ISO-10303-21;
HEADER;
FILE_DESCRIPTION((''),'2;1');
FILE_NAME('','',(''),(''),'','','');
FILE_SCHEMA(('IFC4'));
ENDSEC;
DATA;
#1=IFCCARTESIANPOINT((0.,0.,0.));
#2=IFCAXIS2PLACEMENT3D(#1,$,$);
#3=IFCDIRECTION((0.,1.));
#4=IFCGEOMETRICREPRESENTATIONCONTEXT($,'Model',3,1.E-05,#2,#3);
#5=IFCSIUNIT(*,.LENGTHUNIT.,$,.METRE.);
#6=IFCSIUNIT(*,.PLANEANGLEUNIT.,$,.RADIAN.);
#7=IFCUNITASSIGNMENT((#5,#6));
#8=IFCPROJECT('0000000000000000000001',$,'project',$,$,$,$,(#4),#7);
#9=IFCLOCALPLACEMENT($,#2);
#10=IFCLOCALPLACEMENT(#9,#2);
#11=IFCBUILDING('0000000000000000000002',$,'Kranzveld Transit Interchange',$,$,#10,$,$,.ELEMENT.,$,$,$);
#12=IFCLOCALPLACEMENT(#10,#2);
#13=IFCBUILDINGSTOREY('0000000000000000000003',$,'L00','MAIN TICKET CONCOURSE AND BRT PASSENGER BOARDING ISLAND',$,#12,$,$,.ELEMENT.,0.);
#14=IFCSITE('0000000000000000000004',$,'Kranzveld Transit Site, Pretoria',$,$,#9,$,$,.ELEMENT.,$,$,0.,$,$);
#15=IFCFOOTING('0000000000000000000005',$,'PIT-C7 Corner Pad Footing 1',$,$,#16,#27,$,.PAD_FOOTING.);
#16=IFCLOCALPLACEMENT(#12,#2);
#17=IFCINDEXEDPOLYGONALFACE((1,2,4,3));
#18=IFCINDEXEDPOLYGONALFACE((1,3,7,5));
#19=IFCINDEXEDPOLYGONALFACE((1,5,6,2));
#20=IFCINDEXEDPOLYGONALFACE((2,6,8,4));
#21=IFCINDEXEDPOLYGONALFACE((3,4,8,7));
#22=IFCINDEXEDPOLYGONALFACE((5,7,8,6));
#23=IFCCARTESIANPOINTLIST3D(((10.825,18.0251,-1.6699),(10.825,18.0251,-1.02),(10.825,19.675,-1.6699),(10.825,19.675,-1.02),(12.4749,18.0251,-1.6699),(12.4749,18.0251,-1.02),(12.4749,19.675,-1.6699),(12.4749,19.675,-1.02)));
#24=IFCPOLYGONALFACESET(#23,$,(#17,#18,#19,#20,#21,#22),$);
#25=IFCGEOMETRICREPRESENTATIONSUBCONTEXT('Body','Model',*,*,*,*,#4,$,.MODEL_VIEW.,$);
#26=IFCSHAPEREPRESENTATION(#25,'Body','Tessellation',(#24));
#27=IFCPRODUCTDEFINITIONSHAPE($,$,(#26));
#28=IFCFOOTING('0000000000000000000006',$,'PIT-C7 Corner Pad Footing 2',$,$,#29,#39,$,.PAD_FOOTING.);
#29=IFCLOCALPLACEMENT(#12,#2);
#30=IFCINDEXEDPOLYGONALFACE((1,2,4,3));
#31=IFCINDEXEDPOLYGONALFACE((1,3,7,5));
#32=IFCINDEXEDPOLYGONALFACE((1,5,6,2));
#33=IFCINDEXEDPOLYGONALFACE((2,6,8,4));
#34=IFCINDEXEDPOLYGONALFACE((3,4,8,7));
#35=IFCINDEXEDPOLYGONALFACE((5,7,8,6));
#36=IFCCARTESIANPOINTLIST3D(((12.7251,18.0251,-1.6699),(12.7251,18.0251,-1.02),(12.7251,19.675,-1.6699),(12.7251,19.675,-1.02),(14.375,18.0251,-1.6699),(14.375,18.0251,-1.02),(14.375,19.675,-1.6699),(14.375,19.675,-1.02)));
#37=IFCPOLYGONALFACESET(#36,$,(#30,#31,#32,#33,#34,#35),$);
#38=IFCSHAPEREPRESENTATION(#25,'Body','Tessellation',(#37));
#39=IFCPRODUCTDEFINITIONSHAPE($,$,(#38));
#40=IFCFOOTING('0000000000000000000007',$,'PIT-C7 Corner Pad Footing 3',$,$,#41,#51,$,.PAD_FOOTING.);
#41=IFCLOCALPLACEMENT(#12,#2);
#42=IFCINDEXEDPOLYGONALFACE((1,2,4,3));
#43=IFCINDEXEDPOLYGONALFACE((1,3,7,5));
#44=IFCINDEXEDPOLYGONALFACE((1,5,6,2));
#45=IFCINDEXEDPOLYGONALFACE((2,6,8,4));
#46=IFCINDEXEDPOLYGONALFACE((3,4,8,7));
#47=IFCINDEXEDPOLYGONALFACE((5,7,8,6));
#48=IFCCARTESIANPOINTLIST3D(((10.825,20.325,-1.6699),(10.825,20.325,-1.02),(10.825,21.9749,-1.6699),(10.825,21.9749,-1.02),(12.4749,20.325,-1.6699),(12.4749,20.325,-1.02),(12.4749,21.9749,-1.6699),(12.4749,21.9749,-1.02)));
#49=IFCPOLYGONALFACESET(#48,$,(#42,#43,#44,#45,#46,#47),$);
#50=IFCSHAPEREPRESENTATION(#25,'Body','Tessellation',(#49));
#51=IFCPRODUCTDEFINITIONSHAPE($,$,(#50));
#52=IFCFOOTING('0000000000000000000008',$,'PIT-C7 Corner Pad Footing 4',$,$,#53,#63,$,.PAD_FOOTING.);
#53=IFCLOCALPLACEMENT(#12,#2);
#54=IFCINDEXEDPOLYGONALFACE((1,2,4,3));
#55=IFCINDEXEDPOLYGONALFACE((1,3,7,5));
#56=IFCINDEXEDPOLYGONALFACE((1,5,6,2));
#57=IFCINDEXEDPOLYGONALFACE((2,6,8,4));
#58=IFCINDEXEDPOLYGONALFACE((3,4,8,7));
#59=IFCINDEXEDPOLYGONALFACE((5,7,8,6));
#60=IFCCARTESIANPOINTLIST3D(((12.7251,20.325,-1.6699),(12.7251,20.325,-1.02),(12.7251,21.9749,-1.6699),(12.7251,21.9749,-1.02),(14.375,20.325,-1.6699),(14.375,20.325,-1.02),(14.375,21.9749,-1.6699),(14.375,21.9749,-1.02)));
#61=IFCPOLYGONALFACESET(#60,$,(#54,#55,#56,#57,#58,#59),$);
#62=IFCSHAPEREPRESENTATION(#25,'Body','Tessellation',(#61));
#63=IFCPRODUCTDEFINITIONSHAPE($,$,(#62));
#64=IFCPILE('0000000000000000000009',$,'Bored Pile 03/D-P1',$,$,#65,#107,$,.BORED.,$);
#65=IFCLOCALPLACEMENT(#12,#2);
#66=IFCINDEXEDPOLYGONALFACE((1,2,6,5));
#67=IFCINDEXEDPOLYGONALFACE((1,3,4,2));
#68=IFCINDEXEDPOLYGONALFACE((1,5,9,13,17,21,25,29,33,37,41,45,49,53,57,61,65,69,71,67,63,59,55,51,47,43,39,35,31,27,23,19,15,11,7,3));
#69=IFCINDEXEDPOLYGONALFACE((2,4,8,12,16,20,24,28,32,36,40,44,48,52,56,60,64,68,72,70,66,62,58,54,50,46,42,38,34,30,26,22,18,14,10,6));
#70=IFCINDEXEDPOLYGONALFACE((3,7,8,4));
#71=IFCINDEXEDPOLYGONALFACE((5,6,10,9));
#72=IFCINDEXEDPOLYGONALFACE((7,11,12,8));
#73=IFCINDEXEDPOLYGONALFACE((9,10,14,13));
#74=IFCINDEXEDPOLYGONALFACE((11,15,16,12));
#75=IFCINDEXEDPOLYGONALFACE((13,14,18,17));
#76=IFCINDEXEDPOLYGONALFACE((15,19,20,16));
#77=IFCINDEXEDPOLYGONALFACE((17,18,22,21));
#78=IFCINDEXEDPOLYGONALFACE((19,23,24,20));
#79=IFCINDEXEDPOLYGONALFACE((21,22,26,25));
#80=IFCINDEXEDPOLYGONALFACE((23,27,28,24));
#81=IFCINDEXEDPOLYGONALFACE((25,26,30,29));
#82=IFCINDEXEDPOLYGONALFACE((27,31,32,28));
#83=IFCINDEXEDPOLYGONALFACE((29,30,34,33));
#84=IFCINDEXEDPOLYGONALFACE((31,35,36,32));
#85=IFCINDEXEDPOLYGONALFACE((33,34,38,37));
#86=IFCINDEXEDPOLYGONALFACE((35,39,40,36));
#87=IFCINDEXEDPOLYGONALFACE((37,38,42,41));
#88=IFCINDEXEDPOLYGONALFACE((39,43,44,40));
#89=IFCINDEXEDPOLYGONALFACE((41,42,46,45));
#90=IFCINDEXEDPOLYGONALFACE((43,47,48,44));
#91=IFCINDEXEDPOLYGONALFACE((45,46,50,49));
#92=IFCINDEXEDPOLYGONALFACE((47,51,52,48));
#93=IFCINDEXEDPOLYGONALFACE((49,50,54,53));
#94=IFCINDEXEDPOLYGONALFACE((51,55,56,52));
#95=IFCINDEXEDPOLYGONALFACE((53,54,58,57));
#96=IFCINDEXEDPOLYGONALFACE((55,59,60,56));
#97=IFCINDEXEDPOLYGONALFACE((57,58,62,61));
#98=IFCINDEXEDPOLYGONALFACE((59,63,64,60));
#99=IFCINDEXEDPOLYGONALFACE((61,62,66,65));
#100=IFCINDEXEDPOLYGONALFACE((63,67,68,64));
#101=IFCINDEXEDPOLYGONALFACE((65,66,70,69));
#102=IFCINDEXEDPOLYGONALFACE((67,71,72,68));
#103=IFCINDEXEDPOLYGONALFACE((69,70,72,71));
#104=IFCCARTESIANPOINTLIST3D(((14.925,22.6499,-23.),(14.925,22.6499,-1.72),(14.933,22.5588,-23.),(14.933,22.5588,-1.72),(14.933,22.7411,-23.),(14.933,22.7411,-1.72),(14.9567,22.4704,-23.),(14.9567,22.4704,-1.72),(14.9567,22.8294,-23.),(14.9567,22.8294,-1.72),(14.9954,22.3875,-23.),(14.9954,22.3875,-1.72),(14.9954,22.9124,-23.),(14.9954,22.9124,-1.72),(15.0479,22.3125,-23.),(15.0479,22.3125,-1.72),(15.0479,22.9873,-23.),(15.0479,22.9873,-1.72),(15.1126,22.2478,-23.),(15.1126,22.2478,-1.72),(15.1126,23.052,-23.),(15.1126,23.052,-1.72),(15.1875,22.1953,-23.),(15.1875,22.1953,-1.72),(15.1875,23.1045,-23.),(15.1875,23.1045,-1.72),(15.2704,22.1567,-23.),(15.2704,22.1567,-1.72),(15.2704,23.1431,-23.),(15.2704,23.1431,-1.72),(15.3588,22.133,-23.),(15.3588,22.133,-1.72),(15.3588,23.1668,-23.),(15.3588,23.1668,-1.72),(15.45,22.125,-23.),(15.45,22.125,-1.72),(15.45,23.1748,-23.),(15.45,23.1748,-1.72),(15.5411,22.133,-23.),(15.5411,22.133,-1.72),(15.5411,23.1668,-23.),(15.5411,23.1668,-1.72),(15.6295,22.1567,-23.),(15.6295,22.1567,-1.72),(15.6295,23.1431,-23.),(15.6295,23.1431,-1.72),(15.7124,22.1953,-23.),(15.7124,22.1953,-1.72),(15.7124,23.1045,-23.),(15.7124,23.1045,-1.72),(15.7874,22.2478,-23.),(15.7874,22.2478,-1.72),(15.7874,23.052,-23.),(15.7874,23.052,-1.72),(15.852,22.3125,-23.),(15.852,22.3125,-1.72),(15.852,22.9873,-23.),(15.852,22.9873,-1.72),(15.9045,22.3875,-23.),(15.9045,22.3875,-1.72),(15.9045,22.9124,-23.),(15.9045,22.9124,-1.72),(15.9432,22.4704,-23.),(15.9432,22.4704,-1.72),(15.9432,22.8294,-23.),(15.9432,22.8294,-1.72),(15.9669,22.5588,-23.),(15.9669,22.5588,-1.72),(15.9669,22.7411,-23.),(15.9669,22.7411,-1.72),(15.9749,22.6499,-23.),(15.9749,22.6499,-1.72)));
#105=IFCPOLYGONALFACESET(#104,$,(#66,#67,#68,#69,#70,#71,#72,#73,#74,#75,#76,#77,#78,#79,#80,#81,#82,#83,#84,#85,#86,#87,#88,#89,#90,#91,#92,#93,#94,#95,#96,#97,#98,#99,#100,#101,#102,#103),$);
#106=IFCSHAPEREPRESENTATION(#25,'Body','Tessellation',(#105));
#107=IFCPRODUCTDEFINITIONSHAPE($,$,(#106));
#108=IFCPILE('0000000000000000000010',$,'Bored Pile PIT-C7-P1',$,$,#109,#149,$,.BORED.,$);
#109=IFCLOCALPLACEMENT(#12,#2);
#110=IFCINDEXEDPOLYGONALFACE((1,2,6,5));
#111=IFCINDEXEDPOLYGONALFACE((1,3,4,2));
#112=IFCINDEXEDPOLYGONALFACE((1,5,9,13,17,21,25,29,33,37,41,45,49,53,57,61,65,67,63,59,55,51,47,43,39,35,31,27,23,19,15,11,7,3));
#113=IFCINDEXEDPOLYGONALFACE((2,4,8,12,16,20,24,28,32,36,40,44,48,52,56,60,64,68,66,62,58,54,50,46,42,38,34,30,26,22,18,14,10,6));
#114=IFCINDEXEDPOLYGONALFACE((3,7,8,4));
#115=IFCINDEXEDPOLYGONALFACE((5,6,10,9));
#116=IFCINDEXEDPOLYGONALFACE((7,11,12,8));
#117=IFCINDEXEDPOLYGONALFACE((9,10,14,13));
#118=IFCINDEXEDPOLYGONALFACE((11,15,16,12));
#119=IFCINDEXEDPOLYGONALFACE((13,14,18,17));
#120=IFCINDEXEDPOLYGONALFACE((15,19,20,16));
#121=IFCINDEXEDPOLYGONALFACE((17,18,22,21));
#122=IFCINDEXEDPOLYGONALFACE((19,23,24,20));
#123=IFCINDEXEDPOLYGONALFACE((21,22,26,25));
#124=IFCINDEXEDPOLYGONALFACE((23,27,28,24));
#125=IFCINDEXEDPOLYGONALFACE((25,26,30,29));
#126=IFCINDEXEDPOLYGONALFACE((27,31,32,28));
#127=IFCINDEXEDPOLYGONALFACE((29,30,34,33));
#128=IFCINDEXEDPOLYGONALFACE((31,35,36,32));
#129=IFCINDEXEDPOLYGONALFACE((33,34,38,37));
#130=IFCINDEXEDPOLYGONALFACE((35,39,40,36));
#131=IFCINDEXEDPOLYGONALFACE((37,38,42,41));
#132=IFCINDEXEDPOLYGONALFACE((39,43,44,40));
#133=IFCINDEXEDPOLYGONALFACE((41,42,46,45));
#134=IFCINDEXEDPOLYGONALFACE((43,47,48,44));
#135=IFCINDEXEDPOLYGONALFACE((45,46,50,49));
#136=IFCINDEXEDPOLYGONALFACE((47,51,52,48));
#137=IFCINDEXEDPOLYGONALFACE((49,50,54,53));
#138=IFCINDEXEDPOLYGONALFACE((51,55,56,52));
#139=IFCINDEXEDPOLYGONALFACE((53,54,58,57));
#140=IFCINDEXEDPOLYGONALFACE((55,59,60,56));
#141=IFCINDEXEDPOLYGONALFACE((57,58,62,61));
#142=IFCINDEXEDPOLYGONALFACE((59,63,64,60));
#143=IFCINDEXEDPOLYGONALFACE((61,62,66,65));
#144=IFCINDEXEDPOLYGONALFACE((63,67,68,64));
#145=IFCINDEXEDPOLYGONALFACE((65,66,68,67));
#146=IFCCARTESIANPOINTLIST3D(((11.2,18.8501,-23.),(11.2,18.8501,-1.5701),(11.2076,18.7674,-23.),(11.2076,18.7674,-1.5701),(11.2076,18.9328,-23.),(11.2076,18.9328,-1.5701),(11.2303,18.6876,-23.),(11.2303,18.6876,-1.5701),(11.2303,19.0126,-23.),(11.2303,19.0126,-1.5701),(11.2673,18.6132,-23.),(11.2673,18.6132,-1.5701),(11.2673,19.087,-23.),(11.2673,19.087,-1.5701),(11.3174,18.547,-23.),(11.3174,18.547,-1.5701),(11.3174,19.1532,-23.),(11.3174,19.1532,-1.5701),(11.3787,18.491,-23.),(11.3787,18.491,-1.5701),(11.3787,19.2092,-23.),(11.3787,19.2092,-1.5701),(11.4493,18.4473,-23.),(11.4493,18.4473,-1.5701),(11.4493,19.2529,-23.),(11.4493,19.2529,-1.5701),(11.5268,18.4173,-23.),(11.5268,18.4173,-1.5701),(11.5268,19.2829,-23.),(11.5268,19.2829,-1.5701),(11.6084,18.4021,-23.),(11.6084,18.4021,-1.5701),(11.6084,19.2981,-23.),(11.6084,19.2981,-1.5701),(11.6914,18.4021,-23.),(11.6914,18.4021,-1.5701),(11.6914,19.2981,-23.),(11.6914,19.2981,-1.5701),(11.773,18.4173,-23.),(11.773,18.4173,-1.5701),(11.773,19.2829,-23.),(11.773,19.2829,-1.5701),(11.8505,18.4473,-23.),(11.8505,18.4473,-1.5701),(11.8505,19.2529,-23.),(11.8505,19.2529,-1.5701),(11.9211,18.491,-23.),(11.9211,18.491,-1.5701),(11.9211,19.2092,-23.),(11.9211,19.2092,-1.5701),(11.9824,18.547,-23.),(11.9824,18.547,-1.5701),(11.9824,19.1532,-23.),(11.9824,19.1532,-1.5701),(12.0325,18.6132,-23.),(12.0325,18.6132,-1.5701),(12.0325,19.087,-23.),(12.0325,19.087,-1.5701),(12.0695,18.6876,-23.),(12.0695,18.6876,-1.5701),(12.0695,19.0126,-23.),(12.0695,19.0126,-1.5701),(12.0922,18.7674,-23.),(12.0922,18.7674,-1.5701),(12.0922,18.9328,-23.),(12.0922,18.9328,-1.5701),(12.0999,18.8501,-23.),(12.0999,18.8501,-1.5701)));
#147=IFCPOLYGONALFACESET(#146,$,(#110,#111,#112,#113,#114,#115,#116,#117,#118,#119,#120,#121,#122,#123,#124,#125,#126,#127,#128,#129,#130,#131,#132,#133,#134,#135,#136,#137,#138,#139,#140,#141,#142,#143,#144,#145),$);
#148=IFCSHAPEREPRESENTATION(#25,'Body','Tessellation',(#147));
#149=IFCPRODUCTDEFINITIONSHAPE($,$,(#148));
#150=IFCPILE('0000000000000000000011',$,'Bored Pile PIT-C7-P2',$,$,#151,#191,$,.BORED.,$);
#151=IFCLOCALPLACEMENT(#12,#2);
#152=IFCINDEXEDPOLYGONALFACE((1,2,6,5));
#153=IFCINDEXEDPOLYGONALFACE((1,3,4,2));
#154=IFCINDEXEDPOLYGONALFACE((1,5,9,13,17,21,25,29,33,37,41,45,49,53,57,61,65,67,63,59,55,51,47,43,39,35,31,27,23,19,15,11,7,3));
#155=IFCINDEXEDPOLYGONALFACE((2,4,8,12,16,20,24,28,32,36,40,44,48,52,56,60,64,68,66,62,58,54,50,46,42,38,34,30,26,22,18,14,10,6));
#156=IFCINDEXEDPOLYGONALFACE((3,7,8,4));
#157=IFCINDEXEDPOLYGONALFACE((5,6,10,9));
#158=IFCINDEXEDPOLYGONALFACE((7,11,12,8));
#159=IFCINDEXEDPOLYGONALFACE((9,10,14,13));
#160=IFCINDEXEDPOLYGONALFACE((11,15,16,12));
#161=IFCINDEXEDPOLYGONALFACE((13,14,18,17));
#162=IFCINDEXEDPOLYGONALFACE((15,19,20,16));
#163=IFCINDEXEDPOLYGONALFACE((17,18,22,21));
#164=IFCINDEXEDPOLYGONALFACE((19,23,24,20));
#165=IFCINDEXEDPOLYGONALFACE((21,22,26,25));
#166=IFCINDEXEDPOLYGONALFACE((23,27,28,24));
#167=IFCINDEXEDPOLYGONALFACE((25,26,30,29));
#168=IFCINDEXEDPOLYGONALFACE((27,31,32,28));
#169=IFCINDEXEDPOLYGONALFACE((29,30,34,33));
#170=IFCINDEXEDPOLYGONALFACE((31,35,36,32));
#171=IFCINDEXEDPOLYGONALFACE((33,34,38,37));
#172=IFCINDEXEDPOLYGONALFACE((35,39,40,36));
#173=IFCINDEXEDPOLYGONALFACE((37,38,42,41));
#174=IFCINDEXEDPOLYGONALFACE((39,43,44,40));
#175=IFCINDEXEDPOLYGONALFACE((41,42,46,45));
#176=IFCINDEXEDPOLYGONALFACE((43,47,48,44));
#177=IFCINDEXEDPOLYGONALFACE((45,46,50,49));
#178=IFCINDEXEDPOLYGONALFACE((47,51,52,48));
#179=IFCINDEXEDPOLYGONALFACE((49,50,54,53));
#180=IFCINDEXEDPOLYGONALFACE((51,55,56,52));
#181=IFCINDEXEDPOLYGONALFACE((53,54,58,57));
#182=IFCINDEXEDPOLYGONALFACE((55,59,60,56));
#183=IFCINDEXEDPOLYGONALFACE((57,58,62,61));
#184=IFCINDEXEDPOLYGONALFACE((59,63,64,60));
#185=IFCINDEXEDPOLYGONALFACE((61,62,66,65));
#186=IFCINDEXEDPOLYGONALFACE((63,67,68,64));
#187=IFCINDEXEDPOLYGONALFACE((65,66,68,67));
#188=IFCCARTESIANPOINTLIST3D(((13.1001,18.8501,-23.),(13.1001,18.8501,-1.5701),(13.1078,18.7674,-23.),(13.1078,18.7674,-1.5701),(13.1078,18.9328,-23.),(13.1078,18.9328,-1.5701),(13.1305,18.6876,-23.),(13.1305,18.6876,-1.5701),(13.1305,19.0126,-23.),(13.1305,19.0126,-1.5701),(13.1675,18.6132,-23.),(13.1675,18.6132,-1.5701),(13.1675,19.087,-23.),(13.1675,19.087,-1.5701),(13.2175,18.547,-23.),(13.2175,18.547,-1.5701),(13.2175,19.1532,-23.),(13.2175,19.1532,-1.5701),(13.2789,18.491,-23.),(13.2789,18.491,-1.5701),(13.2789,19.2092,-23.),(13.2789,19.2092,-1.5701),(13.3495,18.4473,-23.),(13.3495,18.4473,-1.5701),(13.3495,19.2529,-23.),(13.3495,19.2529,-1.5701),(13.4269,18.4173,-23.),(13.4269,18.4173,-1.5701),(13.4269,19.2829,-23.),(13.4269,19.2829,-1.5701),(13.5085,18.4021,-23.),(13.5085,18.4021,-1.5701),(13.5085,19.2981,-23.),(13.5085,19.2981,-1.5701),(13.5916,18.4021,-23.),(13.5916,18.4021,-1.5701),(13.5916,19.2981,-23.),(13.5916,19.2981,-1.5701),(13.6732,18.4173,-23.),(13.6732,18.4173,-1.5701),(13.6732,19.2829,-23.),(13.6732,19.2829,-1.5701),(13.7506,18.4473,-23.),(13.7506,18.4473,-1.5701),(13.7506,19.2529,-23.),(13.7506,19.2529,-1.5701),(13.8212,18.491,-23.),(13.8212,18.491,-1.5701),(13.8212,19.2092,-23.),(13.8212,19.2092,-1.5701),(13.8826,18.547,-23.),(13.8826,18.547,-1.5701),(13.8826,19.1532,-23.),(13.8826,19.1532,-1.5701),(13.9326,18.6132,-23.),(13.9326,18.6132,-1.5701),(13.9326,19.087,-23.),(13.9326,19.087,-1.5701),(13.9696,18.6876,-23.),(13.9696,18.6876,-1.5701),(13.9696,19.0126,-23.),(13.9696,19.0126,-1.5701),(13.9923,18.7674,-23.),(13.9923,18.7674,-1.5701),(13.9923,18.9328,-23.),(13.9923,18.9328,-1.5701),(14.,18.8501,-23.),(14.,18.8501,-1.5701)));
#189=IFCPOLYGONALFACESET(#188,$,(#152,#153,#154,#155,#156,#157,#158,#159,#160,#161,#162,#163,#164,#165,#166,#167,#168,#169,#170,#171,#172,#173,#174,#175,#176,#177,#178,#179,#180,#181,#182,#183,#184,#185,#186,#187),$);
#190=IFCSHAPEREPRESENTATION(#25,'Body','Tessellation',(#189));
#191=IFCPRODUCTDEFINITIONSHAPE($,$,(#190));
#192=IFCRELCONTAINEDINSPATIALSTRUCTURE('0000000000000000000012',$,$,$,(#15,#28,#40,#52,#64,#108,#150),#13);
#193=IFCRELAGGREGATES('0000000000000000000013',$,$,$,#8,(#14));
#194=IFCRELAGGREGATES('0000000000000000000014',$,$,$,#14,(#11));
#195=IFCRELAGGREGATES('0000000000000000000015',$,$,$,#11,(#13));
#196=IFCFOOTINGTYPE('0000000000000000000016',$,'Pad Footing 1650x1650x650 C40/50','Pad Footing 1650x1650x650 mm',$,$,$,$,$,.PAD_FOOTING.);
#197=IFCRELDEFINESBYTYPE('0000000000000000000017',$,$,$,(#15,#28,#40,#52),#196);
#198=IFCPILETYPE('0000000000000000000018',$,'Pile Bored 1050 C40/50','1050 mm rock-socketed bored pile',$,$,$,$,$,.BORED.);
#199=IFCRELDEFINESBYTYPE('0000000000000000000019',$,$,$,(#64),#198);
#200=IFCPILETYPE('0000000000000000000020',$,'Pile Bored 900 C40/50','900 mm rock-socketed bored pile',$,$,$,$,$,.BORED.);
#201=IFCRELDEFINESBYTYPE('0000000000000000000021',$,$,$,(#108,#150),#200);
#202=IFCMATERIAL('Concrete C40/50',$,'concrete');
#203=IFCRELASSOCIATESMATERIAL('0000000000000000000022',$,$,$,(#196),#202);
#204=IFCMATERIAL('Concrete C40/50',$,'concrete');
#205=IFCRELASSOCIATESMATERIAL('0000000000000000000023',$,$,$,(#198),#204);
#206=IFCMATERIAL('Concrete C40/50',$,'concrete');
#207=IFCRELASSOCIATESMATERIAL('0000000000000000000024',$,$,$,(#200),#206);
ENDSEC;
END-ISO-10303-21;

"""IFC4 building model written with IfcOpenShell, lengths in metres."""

from ifc_helpers import new_model, si_unit, direction, frame, origin, origin_2d, place, context, subcontext, project, spatial, rectangle, circle, extrude, material, material_profile, profile_set, type_object, element, save


model = new_model("IFC4")

# Units and contexts
model_context = context("Model", 3, precision=1e-05, world=origin(), true_north=direction((0.0, 1.0)))
body_context = subcontext(model_context, "Body", "Model", "MODEL_VIEW")
ifc_project = project(units=[si_unit("LENGTHUNIT", "METRE"), si_unit("PLANEANGLEUNIT", "RADIAN")], contexts=[model_context])

# Site, building, storey
site_placement = place(None, origin())
site = spatial("IfcSite", under=ifc_project, at=site_placement, Name="Kranzveld Transit Site, Pretoria", CompositionType="ELEMENT", RefElevation=0.0)
building_placement = place(site_placement, origin())
building = spatial("IfcBuilding", under=site, at=building_placement, Name="Kranzveld Transit Interchange", CompositionType="ELEMENT")
storey_placement = place(building_placement, origin())
storey = spatial("IfcBuildingStorey", under=building, at=storey_placement, Name="L00", Description="MAIN TICKET CONCOURSE AND BRT PASSENGER BOARDING ISLAND", CompositionType="ELEMENT", Elevation=0.0)

# Footings
ifc_material_1 = material(Name="Concrete C40/50", Category="concrete")
footing_type_1 = type_object("IfcFootingType", Name="Pad Footing 1650x1650x650 C40/50", Description="Pad Footing 1650x1650x650 mm", PredefinedType="PAD_FOOTING", material=ifc_material_1)
for number, where, z_axis, x_axis, name in (
    (1, (11.6499, 18.8501, -1.6699), (0.0, 0.0, 1.0), (1.0, 0.0, 0.0), "PIT-C7 Corner Pad Footing 1"),
    (2, (13.55, 18.8501, -1.6699), (0.0, 0.0, 1.0), (1.0, 0.0, 0.0), "PIT-C7 Corner Pad Footing 2"),
    (3, (11.6499, 21.1499, -1.6699), (0.0, 0.0, 1.0), (1.0, 0.0, 0.0), "PIT-C7 Corner Pad Footing 3"),
    (4, (13.55, 21.1499, -1.6699), (0.0, 0.0, 1.0), (1.0, 0.0, 0.0), "PIT-C7 Corner Pad Footing 4"),
):
    element("IfcFooting", number, at=place(storey_placement, frame(where, z_axis=z_axis, x_axis=x_axis)), inside=storey, type_object=footing_type_1, Name=name, PredefinedType="PAD_FOOTING", context=body_context, shape_type="SweptSolid", body=[
        extrude(rectangle(XDim=1.6499, YDim=1.6499, at=origin_2d()), origin(), (0.0, 0.0, 1.0), 0.6499),
    ])

# Piles
ifc_material_2 = material(Name="Concrete C40/50", Category="concrete")
ifc_material_profile_1 = material_profile(ifc_material_2, circle(Radius=0.5249, at=origin_2d()), Name="BORED PILE 1050")
ifc_profile_set_1 = profile_set([ifc_material_profile_1], Name="Concrete C40/50")
pile_type_1 = type_object("IfcPileType", Name="Pile Bored 1050 C40/50", Description="1050 mm rock-socketed bored pile", PredefinedType="BORED", material=ifc_profile_set_1)
pile_placement = place(storey_placement, frame((15.45, 22.6499, -1.72), z_axis=(0.0, 0.0, -1.0), x_axis=(1.0, 0.0, 0.0)))
element("IfcPile", 5, at=pile_placement, inside=storey, type_object=pile_type_1, Name="Bored Pile 03/D-P1", PredefinedType="BORED", context=body_context, shape_type="SweptSolid", body=[
    extrude(circle(Radius=0.5249, at=origin_2d()), origin(), (0.0, 0.0, 1.0), 21.28),
])
ifc_material_3 = material(Name="Concrete C40/50", Category="concrete")
ifc_material_profile_2 = material_profile(ifc_material_3, circle(Radius=0.45, at=origin_2d()), Name="BORED PILE 900")
ifc_profile_set_2 = profile_set([ifc_material_profile_2], Name="Concrete C40/50")
pile_type_2 = type_object("IfcPileType", Name="Pile Bored 900 C40/50", Description="900 mm rock-socketed bored pile", PredefinedType="BORED", material=ifc_profile_set_2)
for number, where, z_axis, x_axis, name in (
    (6, (11.6499, 18.8501, -1.5701), (0.0, 0.0, -1.0), (1.0, 0.0, 0.0), "Bored Pile PIT-C7-P1"),
    (7, (13.55, 18.8501, -1.5701), (0.0, 0.0, -1.0), (1.0, 0.0, 0.0), "Bored Pile PIT-C7-P2"),
):
    element("IfcPile", number, at=place(storey_placement, frame(where, z_axis=z_axis, x_axis=x_axis)), inside=storey, type_object=pile_type_2, Name=name, PredefinedType="BORED", context=body_context, shape_type="SweptSolid", body=[
        extrude(circle(Radius=0.45, at=origin_2d()), origin(), (0.0, 0.0, 1.0), 21.4299),
    ])

save(model, "model.ifc")
